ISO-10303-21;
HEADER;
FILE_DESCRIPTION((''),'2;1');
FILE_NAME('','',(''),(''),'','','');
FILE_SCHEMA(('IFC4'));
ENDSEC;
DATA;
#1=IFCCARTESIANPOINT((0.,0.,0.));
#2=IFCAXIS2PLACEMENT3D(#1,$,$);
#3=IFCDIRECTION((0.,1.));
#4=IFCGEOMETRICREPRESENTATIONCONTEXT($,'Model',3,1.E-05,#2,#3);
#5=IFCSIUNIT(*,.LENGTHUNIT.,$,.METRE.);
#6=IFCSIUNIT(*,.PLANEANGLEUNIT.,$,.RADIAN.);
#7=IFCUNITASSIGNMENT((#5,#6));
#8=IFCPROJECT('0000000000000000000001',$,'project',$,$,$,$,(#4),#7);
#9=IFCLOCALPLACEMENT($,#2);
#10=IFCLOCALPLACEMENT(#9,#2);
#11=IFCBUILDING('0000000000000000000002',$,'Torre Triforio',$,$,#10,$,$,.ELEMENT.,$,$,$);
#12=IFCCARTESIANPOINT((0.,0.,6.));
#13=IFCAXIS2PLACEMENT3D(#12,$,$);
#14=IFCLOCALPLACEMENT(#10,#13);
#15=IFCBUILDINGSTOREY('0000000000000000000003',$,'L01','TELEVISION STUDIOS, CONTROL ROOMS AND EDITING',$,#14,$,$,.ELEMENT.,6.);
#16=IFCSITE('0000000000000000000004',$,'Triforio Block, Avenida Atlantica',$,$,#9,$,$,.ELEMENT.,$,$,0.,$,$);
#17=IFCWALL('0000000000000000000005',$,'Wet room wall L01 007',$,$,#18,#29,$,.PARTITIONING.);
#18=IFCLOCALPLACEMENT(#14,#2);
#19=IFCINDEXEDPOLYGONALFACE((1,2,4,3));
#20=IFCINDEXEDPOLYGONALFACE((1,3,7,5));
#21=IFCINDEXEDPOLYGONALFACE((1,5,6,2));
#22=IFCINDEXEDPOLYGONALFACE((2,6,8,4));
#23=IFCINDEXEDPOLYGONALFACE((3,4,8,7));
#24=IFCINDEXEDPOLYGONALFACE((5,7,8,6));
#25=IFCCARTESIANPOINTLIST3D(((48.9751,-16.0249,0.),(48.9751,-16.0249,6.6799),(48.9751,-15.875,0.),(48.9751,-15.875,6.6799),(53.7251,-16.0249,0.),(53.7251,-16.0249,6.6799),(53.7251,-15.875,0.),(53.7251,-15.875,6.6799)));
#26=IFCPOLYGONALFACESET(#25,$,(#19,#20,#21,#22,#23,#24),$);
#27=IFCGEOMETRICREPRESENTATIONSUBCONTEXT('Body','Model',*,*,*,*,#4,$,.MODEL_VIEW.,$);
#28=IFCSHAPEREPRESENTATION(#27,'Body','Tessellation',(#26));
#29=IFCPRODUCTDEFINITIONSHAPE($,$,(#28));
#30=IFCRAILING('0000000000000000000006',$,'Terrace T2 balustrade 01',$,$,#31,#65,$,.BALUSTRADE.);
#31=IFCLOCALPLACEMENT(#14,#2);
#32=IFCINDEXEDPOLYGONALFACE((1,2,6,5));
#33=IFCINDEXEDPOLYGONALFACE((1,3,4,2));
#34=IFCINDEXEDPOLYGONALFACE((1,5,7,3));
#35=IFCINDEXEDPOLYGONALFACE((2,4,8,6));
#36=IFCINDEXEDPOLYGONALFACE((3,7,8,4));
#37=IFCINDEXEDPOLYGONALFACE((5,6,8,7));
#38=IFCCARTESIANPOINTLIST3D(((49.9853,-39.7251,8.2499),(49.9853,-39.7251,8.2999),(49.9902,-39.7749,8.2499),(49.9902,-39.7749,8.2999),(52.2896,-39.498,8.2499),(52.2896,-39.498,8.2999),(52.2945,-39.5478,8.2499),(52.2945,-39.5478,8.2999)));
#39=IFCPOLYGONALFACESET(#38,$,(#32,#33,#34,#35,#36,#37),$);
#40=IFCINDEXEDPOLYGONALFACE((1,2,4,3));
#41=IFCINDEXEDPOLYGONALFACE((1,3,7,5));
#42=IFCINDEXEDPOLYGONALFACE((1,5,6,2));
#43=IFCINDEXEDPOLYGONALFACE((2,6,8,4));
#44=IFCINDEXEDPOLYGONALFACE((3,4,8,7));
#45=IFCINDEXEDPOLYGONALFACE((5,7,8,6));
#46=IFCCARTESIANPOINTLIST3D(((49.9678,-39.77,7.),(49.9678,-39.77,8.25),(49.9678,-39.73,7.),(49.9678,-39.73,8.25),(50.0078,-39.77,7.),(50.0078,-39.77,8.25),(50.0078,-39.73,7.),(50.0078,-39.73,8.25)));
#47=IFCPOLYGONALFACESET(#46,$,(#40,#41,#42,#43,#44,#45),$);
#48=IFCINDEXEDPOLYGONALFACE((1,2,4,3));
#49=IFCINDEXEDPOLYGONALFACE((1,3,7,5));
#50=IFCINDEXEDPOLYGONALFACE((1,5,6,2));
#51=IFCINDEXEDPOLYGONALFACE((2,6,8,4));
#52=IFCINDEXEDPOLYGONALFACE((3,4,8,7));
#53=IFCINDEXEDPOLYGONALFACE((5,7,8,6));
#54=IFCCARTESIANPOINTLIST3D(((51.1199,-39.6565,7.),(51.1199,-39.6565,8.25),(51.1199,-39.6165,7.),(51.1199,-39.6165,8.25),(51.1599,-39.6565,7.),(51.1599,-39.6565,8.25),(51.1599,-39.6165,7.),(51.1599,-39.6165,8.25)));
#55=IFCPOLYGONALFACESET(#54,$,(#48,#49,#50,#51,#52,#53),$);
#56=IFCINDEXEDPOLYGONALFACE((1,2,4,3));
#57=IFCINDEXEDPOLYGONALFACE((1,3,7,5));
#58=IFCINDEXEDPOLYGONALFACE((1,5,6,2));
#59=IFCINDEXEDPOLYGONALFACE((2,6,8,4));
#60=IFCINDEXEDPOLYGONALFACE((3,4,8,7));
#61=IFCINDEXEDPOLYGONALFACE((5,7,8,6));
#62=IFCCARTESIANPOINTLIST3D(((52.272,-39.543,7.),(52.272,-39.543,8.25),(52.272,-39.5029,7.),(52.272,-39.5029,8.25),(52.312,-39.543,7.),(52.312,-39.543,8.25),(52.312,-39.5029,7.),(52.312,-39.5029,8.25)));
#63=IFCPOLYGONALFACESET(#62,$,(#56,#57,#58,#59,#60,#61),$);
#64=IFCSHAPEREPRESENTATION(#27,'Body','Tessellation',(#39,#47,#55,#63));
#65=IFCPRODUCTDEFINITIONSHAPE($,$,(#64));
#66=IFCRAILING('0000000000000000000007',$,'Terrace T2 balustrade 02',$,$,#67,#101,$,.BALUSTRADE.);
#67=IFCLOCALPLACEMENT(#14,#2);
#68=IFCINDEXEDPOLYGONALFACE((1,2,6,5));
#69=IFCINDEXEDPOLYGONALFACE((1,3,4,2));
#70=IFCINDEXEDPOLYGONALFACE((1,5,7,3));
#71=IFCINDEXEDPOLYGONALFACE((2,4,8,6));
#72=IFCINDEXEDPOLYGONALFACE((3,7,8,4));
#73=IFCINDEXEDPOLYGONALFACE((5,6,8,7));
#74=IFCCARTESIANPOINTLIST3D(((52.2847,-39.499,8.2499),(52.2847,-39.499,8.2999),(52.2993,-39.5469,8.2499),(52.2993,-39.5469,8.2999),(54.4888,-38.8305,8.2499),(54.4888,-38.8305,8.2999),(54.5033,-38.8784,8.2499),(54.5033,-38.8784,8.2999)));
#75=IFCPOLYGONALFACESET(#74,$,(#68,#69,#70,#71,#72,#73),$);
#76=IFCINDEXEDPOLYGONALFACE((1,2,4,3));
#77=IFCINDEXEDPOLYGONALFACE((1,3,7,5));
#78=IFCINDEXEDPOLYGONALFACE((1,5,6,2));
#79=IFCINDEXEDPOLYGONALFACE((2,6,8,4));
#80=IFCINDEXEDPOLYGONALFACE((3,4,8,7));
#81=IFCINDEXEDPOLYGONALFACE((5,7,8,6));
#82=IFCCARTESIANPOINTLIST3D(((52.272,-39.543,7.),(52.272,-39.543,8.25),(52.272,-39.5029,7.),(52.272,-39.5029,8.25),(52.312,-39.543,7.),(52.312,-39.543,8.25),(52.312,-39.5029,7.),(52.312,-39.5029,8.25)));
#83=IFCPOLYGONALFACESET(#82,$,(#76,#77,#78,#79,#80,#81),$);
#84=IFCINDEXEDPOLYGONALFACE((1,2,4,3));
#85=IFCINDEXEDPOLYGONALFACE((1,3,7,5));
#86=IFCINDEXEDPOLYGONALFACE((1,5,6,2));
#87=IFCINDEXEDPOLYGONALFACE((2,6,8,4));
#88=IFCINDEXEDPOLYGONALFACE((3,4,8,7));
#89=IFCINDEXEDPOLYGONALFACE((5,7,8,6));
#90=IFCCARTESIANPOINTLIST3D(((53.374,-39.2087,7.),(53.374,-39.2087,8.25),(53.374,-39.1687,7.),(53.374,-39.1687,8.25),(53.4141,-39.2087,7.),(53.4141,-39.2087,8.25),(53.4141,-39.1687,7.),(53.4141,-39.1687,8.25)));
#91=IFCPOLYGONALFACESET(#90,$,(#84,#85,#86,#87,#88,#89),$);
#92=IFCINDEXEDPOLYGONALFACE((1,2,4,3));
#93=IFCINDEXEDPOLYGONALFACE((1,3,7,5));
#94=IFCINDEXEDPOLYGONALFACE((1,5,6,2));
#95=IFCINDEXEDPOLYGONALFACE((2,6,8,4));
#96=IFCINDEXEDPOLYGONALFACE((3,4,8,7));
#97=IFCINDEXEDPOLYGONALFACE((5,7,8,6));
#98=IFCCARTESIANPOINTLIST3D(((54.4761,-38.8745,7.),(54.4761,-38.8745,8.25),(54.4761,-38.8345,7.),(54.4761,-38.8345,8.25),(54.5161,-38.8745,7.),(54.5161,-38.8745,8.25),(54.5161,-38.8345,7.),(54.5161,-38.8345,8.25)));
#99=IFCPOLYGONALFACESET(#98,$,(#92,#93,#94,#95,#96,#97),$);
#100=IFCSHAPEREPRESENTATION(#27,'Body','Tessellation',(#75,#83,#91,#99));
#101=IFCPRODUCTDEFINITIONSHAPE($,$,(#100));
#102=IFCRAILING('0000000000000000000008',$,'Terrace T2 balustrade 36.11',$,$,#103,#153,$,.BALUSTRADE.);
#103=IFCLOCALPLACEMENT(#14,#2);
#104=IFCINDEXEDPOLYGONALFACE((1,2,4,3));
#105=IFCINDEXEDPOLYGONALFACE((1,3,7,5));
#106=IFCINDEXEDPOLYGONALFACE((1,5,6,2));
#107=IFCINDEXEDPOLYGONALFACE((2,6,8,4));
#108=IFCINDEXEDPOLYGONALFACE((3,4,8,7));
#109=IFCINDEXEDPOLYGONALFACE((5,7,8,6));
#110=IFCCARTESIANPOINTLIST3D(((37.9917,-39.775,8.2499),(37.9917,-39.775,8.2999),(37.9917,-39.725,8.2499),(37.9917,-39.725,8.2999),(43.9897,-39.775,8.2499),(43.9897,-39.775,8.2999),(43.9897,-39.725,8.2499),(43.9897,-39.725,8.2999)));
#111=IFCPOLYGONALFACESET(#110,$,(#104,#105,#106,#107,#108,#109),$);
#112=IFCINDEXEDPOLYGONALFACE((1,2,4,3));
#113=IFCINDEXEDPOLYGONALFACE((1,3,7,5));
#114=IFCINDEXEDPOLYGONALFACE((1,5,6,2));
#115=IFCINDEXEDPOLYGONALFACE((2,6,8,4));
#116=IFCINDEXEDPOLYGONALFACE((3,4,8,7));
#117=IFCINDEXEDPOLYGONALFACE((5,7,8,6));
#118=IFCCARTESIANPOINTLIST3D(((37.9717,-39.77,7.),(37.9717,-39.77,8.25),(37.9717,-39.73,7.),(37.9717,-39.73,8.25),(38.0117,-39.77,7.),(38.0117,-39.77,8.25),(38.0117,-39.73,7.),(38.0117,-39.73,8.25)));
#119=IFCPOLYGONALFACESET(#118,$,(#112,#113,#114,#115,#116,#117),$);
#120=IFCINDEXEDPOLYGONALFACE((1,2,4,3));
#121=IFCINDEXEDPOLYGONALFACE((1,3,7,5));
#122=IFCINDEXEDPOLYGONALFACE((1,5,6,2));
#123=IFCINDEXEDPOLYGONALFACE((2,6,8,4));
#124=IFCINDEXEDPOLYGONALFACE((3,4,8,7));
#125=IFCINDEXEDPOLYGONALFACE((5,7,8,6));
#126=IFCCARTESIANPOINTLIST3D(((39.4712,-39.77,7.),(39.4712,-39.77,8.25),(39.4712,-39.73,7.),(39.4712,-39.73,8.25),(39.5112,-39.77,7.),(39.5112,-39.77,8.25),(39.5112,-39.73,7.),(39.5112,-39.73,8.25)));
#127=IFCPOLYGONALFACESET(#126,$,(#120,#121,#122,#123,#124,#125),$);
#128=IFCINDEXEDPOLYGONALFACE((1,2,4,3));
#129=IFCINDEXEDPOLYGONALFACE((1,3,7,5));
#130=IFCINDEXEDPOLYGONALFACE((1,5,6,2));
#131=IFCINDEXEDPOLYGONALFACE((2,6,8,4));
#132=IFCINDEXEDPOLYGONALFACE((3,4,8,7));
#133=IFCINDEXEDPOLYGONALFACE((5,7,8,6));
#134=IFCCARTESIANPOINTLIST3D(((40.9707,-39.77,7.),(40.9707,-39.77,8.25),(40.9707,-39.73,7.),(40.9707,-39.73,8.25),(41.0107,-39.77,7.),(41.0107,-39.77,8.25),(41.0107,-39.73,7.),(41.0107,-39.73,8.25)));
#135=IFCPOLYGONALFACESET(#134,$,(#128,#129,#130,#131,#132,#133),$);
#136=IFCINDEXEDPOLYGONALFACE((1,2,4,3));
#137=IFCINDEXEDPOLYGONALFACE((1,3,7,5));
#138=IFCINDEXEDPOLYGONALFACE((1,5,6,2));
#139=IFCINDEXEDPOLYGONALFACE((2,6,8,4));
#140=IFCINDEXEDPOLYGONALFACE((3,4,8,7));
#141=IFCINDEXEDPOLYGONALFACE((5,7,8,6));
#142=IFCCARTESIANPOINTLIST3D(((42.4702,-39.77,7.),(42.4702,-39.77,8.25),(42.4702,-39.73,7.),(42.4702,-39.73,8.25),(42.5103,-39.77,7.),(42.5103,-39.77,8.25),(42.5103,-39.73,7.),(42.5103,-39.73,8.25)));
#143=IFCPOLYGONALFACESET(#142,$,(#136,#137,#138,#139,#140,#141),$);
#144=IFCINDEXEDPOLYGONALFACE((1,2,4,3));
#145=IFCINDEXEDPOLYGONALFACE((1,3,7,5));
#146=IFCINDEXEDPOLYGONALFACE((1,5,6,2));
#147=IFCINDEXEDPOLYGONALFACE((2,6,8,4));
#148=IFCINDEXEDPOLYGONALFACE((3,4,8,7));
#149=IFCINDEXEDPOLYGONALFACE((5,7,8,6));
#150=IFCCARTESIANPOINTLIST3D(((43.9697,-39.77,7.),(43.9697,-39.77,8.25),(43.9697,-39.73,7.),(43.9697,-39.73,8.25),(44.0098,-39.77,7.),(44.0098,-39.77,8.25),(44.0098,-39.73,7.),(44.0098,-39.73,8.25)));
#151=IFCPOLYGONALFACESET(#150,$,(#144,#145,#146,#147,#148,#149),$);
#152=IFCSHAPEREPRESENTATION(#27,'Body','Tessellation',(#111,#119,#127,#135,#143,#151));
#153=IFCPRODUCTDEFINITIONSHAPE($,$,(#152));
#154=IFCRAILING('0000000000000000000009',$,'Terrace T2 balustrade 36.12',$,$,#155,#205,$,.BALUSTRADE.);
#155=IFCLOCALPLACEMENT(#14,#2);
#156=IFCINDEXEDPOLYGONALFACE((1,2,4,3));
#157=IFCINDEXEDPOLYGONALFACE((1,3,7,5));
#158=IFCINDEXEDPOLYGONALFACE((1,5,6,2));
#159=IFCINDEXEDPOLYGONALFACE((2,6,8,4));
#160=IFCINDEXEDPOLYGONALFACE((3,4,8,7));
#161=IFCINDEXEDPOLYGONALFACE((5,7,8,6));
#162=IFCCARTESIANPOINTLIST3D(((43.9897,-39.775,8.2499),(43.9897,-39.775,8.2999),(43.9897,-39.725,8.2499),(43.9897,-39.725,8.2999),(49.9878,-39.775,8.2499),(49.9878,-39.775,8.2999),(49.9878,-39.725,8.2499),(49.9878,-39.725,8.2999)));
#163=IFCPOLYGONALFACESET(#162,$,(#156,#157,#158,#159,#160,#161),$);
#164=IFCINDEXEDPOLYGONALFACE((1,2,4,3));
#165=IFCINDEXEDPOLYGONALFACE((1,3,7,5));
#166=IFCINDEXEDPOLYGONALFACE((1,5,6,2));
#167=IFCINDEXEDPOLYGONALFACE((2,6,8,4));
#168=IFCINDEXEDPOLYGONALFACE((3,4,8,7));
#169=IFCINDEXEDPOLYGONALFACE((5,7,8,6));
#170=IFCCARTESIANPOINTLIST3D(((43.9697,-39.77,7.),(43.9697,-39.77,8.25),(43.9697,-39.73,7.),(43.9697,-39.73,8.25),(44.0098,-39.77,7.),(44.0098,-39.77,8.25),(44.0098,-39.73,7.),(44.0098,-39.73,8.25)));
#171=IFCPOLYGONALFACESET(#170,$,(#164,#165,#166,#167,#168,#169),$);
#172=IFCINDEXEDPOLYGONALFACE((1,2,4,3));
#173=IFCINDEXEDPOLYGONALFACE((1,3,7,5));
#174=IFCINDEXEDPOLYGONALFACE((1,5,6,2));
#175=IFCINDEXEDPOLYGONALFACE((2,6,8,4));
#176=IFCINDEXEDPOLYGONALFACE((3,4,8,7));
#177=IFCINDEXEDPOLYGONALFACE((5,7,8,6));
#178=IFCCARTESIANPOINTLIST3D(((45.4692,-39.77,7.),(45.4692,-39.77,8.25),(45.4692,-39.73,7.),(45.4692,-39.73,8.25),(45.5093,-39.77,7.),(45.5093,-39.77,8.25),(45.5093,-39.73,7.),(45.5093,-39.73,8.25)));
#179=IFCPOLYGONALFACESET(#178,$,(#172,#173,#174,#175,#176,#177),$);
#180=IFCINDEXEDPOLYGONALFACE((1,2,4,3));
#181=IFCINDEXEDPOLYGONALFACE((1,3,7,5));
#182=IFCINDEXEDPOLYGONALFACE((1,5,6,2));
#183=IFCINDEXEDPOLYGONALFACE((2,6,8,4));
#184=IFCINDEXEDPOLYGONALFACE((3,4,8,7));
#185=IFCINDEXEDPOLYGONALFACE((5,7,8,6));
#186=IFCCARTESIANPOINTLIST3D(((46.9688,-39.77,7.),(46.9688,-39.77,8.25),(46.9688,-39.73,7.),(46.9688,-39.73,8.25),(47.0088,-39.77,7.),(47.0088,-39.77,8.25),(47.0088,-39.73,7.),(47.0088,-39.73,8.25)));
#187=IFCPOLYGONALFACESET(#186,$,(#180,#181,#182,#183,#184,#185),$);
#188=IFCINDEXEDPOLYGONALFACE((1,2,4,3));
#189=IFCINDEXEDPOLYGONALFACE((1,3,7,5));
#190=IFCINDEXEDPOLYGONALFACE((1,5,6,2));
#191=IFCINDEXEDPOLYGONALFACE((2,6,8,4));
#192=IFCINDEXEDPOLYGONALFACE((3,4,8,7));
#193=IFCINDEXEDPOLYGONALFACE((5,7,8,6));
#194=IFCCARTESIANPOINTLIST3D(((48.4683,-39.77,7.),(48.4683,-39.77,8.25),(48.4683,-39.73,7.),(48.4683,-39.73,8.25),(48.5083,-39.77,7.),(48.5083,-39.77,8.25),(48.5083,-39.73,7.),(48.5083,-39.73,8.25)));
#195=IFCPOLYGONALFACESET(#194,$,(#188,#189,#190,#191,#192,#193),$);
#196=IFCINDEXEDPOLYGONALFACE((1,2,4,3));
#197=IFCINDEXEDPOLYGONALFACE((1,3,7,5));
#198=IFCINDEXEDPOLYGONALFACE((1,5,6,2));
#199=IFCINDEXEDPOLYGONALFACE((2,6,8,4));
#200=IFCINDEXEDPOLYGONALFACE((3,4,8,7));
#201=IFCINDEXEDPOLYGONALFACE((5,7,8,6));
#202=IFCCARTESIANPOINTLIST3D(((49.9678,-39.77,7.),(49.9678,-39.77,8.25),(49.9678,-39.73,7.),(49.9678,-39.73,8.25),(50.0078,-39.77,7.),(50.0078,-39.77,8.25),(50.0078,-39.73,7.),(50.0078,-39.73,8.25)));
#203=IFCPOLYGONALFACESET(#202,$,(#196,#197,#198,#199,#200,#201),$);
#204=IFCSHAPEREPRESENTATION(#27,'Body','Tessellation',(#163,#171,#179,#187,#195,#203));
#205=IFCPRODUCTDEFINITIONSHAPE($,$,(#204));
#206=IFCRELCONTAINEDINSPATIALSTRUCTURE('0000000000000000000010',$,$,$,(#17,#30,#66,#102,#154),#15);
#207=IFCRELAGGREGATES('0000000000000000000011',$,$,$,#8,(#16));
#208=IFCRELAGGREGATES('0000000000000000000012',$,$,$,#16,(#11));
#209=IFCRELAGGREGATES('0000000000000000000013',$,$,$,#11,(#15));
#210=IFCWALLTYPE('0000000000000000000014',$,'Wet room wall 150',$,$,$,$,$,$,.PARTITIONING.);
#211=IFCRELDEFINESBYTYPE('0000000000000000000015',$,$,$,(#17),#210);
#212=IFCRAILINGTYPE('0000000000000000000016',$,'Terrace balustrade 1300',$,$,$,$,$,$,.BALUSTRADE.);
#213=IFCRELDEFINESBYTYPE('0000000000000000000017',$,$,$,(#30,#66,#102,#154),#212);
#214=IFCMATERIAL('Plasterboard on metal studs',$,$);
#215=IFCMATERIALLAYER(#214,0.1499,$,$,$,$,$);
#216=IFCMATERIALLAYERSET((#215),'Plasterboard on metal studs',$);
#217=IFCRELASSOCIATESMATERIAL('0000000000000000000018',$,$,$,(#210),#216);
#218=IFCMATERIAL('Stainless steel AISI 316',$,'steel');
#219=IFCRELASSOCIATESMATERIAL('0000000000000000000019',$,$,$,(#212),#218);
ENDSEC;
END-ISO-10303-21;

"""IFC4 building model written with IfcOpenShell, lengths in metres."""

from ifc_helpers import new_model, si_unit, direction, frame, frame_2d, origin, origin_2d, place, context, subcontext, project, spatial, rectangle, extrude, material, layer, layer_set, type_object, element, save


model = new_model("IFC4")

# Units and contexts
model_context = context("Model", 3, precision=1e-05, world=origin(), true_north=direction((0.0, 1.0)))
body_context = subcontext(model_context, "Body", "Model", "MODEL_VIEW")
ifc_project = project(units=[si_unit("LENGTHUNIT", "METRE"), si_unit("PLANEANGLEUNIT", "RADIAN")], contexts=[model_context])

# Site, building, storey
site_placement = place(None, origin())
site = spatial("IfcSite", under=ifc_project, at=site_placement, Name="Triforio Block, Avenida Atlantica", CompositionType="ELEMENT", RefElevation=0.0)
building_placement = place(site_placement, origin())
building = spatial("IfcBuilding", under=site, at=building_placement, Name="Torre Triforio", CompositionType="ELEMENT")
storey_placement = place(building_placement, frame((0.0, 0.0, 6.0)))
storey = spatial("IfcBuildingStorey", under=building, at=storey_placement, Name="L01", Description="TELEVISION STUDIOS, CONTROL ROOMS AND EDITING", CompositionType="ELEMENT", Elevation=6.0)

# Shared definitions
ifc_material_1 = material(Name="Plasterboard on metal studs")

# Wall
ifc_layer_1 = layer(ifc_material_1, 0.1499)
ifc_layer_set_1 = layer_set([ifc_layer_1], Name="Plasterboard on metal studs")
wall_type_1 = type_object("IfcWallType", Name="Wet room wall 150", PredefinedType="PARTITIONING", material=ifc_layer_set_1)
wall_1_placement = place(storey_placement, frame((48.9751, -15.95, 0.0), z_axis=(0.0, 0.0, 1.0), x_axis=(1.0, 0.0, 0.0)))
element("IfcWall", 1, at=wall_1_placement, inside=storey, type_object=wall_type_1, Name="Wet room wall L01 007", PredefinedType="PARTITIONING", context=body_context, shape_type="SweptSolid", body=[
    extrude(rectangle(XDim=4.75, YDim=0.1499, at=frame_2d((2.375, 0.0))), origin(), (0.0, 0.0, 1.0), 6.6799),
])

# Railings
ifc_material_2 = material(Name="Stainless steel AISI 316", Category="steel")
railing_type = type_object("IfcRailingType", Name="Terrace balustrade 1300", PredefinedType="BALUSTRADE", material=ifc_material_2)
railing_1_placement = place(storey_placement, frame((49.9878, -39.75, 7.0)))
element("IfcRailing", 2, at=railing_1_placement, inside=storey, type_object=railing_type, Name="Terrace T2 balustrade 01", PredefinedType="BALUSTRADE", context=body_context, shape_type="SweptSolid", body=[
    extrude(rectangle(XDim=0.05, YDim=0.05, at=origin_2d()), frame((0.0, 0.0, 1.2749), z_axis=(0.99518, 0.098063, 0.0), x_axis=(-0.098063, 0.99518, 0.0)), (0.0, 0.0, 1.0), 2.3154),
    extrude(rectangle(XDim=0.04, YDim=0.04, at=origin_2d()), origin(), (0.0, 0.0, 1.0), 1.25),
    extrude(rectangle(XDim=0.04, YDim=0.04, at=origin_2d()), frame((1.1521, 0.1135, 0.0)), (0.0, 0.0, 1.0), 1.25),
    extrude(rectangle(XDim=0.04, YDim=0.04, at=origin_2d()), frame((2.3042, 0.2271, 0.0)), (0.0, 0.0, 1.0), 1.25),
])
railing_2_placement = place(storey_placement, frame((52.292, -39.5229, 7.0)))
element("IfcRailing", 3, at=railing_2_placement, inside=storey, type_object=railing_type, Name="Terrace T2 balustrade 02", PredefinedType="BALUSTRADE", context=body_context, shape_type="SweptSolid", body=[
    extrude(rectangle(XDim=0.05, YDim=0.05, at=origin_2d()), frame((0.0, 0.0, 1.2749), z_axis=(0.956958, 0.290225, 0.0), x_axis=(-0.290225, 0.956958, 0.0)), (0.0, 0.0, 1.0), 2.3032),
    extrude(rectangle(XDim=0.04, YDim=0.04, at=origin_2d()), origin(), (0.0, 0.0, 1.0), 1.25),
    extrude(rectangle(XDim=0.04, YDim=0.04, at=origin_2d()), frame((1.1021, 0.3342, 0.0)), (0.0, 0.0, 1.0), 1.25),
    extrude(rectangle(XDim=0.04, YDim=0.04, at=origin_2d()), frame((2.2041, 0.6685, 0.0)), (0.0, 0.0, 1.0), 1.25),
])
for number, where, name in (
    (4, (37.9917, -39.75, 7.0), "Terrace T2 balustrade 36.11"),
    (5, (43.9897, -39.75, 7.0), "Terrace T2 balustrade 36.12"),
):
    element("IfcRailing", number, at=place(storey_placement, frame(where)), inside=storey, type_object=railing_type, Name=name, PredefinedType="BALUSTRADE", context=body_context, shape_type="SweptSolid", body=[
        extrude(rectangle(XDim=0.05, YDim=0.05, at=origin_2d()), frame((0.0, 0.0, 1.2749), z_axis=(1.0, 0.0, 0.0), x_axis=(0.0, 1.0, 0.0)), (0.0, 0.0, 1.0), 5.998),
        extrude(rectangle(XDim=0.04, YDim=0.04, at=origin_2d()), origin(), (0.0, 0.0, 1.0), 1.25),
        extrude(rectangle(XDim=0.04, YDim=0.04, at=origin_2d()), frame((1.4995, 0.0, 0.0)), (0.0, 0.0, 1.0), 1.25),
        extrude(rectangle(XDim=0.04, YDim=0.04, at=origin_2d()), frame((2.999, 0.0, 0.0)), (0.0, 0.0, 1.0), 1.25),
        extrude(rectangle(XDim=0.04, YDim=0.04, at=origin_2d()), frame((4.4985, 0.0, 0.0)), (0.0, 0.0, 1.0), 1.25),
        extrude(rectangle(XDim=0.04, YDim=0.04, at=origin_2d()), frame((5.998, 0.0, 0.0)), (0.0, 0.0, 1.0), 1.25),
    ])

save(model, "model.ifc")
